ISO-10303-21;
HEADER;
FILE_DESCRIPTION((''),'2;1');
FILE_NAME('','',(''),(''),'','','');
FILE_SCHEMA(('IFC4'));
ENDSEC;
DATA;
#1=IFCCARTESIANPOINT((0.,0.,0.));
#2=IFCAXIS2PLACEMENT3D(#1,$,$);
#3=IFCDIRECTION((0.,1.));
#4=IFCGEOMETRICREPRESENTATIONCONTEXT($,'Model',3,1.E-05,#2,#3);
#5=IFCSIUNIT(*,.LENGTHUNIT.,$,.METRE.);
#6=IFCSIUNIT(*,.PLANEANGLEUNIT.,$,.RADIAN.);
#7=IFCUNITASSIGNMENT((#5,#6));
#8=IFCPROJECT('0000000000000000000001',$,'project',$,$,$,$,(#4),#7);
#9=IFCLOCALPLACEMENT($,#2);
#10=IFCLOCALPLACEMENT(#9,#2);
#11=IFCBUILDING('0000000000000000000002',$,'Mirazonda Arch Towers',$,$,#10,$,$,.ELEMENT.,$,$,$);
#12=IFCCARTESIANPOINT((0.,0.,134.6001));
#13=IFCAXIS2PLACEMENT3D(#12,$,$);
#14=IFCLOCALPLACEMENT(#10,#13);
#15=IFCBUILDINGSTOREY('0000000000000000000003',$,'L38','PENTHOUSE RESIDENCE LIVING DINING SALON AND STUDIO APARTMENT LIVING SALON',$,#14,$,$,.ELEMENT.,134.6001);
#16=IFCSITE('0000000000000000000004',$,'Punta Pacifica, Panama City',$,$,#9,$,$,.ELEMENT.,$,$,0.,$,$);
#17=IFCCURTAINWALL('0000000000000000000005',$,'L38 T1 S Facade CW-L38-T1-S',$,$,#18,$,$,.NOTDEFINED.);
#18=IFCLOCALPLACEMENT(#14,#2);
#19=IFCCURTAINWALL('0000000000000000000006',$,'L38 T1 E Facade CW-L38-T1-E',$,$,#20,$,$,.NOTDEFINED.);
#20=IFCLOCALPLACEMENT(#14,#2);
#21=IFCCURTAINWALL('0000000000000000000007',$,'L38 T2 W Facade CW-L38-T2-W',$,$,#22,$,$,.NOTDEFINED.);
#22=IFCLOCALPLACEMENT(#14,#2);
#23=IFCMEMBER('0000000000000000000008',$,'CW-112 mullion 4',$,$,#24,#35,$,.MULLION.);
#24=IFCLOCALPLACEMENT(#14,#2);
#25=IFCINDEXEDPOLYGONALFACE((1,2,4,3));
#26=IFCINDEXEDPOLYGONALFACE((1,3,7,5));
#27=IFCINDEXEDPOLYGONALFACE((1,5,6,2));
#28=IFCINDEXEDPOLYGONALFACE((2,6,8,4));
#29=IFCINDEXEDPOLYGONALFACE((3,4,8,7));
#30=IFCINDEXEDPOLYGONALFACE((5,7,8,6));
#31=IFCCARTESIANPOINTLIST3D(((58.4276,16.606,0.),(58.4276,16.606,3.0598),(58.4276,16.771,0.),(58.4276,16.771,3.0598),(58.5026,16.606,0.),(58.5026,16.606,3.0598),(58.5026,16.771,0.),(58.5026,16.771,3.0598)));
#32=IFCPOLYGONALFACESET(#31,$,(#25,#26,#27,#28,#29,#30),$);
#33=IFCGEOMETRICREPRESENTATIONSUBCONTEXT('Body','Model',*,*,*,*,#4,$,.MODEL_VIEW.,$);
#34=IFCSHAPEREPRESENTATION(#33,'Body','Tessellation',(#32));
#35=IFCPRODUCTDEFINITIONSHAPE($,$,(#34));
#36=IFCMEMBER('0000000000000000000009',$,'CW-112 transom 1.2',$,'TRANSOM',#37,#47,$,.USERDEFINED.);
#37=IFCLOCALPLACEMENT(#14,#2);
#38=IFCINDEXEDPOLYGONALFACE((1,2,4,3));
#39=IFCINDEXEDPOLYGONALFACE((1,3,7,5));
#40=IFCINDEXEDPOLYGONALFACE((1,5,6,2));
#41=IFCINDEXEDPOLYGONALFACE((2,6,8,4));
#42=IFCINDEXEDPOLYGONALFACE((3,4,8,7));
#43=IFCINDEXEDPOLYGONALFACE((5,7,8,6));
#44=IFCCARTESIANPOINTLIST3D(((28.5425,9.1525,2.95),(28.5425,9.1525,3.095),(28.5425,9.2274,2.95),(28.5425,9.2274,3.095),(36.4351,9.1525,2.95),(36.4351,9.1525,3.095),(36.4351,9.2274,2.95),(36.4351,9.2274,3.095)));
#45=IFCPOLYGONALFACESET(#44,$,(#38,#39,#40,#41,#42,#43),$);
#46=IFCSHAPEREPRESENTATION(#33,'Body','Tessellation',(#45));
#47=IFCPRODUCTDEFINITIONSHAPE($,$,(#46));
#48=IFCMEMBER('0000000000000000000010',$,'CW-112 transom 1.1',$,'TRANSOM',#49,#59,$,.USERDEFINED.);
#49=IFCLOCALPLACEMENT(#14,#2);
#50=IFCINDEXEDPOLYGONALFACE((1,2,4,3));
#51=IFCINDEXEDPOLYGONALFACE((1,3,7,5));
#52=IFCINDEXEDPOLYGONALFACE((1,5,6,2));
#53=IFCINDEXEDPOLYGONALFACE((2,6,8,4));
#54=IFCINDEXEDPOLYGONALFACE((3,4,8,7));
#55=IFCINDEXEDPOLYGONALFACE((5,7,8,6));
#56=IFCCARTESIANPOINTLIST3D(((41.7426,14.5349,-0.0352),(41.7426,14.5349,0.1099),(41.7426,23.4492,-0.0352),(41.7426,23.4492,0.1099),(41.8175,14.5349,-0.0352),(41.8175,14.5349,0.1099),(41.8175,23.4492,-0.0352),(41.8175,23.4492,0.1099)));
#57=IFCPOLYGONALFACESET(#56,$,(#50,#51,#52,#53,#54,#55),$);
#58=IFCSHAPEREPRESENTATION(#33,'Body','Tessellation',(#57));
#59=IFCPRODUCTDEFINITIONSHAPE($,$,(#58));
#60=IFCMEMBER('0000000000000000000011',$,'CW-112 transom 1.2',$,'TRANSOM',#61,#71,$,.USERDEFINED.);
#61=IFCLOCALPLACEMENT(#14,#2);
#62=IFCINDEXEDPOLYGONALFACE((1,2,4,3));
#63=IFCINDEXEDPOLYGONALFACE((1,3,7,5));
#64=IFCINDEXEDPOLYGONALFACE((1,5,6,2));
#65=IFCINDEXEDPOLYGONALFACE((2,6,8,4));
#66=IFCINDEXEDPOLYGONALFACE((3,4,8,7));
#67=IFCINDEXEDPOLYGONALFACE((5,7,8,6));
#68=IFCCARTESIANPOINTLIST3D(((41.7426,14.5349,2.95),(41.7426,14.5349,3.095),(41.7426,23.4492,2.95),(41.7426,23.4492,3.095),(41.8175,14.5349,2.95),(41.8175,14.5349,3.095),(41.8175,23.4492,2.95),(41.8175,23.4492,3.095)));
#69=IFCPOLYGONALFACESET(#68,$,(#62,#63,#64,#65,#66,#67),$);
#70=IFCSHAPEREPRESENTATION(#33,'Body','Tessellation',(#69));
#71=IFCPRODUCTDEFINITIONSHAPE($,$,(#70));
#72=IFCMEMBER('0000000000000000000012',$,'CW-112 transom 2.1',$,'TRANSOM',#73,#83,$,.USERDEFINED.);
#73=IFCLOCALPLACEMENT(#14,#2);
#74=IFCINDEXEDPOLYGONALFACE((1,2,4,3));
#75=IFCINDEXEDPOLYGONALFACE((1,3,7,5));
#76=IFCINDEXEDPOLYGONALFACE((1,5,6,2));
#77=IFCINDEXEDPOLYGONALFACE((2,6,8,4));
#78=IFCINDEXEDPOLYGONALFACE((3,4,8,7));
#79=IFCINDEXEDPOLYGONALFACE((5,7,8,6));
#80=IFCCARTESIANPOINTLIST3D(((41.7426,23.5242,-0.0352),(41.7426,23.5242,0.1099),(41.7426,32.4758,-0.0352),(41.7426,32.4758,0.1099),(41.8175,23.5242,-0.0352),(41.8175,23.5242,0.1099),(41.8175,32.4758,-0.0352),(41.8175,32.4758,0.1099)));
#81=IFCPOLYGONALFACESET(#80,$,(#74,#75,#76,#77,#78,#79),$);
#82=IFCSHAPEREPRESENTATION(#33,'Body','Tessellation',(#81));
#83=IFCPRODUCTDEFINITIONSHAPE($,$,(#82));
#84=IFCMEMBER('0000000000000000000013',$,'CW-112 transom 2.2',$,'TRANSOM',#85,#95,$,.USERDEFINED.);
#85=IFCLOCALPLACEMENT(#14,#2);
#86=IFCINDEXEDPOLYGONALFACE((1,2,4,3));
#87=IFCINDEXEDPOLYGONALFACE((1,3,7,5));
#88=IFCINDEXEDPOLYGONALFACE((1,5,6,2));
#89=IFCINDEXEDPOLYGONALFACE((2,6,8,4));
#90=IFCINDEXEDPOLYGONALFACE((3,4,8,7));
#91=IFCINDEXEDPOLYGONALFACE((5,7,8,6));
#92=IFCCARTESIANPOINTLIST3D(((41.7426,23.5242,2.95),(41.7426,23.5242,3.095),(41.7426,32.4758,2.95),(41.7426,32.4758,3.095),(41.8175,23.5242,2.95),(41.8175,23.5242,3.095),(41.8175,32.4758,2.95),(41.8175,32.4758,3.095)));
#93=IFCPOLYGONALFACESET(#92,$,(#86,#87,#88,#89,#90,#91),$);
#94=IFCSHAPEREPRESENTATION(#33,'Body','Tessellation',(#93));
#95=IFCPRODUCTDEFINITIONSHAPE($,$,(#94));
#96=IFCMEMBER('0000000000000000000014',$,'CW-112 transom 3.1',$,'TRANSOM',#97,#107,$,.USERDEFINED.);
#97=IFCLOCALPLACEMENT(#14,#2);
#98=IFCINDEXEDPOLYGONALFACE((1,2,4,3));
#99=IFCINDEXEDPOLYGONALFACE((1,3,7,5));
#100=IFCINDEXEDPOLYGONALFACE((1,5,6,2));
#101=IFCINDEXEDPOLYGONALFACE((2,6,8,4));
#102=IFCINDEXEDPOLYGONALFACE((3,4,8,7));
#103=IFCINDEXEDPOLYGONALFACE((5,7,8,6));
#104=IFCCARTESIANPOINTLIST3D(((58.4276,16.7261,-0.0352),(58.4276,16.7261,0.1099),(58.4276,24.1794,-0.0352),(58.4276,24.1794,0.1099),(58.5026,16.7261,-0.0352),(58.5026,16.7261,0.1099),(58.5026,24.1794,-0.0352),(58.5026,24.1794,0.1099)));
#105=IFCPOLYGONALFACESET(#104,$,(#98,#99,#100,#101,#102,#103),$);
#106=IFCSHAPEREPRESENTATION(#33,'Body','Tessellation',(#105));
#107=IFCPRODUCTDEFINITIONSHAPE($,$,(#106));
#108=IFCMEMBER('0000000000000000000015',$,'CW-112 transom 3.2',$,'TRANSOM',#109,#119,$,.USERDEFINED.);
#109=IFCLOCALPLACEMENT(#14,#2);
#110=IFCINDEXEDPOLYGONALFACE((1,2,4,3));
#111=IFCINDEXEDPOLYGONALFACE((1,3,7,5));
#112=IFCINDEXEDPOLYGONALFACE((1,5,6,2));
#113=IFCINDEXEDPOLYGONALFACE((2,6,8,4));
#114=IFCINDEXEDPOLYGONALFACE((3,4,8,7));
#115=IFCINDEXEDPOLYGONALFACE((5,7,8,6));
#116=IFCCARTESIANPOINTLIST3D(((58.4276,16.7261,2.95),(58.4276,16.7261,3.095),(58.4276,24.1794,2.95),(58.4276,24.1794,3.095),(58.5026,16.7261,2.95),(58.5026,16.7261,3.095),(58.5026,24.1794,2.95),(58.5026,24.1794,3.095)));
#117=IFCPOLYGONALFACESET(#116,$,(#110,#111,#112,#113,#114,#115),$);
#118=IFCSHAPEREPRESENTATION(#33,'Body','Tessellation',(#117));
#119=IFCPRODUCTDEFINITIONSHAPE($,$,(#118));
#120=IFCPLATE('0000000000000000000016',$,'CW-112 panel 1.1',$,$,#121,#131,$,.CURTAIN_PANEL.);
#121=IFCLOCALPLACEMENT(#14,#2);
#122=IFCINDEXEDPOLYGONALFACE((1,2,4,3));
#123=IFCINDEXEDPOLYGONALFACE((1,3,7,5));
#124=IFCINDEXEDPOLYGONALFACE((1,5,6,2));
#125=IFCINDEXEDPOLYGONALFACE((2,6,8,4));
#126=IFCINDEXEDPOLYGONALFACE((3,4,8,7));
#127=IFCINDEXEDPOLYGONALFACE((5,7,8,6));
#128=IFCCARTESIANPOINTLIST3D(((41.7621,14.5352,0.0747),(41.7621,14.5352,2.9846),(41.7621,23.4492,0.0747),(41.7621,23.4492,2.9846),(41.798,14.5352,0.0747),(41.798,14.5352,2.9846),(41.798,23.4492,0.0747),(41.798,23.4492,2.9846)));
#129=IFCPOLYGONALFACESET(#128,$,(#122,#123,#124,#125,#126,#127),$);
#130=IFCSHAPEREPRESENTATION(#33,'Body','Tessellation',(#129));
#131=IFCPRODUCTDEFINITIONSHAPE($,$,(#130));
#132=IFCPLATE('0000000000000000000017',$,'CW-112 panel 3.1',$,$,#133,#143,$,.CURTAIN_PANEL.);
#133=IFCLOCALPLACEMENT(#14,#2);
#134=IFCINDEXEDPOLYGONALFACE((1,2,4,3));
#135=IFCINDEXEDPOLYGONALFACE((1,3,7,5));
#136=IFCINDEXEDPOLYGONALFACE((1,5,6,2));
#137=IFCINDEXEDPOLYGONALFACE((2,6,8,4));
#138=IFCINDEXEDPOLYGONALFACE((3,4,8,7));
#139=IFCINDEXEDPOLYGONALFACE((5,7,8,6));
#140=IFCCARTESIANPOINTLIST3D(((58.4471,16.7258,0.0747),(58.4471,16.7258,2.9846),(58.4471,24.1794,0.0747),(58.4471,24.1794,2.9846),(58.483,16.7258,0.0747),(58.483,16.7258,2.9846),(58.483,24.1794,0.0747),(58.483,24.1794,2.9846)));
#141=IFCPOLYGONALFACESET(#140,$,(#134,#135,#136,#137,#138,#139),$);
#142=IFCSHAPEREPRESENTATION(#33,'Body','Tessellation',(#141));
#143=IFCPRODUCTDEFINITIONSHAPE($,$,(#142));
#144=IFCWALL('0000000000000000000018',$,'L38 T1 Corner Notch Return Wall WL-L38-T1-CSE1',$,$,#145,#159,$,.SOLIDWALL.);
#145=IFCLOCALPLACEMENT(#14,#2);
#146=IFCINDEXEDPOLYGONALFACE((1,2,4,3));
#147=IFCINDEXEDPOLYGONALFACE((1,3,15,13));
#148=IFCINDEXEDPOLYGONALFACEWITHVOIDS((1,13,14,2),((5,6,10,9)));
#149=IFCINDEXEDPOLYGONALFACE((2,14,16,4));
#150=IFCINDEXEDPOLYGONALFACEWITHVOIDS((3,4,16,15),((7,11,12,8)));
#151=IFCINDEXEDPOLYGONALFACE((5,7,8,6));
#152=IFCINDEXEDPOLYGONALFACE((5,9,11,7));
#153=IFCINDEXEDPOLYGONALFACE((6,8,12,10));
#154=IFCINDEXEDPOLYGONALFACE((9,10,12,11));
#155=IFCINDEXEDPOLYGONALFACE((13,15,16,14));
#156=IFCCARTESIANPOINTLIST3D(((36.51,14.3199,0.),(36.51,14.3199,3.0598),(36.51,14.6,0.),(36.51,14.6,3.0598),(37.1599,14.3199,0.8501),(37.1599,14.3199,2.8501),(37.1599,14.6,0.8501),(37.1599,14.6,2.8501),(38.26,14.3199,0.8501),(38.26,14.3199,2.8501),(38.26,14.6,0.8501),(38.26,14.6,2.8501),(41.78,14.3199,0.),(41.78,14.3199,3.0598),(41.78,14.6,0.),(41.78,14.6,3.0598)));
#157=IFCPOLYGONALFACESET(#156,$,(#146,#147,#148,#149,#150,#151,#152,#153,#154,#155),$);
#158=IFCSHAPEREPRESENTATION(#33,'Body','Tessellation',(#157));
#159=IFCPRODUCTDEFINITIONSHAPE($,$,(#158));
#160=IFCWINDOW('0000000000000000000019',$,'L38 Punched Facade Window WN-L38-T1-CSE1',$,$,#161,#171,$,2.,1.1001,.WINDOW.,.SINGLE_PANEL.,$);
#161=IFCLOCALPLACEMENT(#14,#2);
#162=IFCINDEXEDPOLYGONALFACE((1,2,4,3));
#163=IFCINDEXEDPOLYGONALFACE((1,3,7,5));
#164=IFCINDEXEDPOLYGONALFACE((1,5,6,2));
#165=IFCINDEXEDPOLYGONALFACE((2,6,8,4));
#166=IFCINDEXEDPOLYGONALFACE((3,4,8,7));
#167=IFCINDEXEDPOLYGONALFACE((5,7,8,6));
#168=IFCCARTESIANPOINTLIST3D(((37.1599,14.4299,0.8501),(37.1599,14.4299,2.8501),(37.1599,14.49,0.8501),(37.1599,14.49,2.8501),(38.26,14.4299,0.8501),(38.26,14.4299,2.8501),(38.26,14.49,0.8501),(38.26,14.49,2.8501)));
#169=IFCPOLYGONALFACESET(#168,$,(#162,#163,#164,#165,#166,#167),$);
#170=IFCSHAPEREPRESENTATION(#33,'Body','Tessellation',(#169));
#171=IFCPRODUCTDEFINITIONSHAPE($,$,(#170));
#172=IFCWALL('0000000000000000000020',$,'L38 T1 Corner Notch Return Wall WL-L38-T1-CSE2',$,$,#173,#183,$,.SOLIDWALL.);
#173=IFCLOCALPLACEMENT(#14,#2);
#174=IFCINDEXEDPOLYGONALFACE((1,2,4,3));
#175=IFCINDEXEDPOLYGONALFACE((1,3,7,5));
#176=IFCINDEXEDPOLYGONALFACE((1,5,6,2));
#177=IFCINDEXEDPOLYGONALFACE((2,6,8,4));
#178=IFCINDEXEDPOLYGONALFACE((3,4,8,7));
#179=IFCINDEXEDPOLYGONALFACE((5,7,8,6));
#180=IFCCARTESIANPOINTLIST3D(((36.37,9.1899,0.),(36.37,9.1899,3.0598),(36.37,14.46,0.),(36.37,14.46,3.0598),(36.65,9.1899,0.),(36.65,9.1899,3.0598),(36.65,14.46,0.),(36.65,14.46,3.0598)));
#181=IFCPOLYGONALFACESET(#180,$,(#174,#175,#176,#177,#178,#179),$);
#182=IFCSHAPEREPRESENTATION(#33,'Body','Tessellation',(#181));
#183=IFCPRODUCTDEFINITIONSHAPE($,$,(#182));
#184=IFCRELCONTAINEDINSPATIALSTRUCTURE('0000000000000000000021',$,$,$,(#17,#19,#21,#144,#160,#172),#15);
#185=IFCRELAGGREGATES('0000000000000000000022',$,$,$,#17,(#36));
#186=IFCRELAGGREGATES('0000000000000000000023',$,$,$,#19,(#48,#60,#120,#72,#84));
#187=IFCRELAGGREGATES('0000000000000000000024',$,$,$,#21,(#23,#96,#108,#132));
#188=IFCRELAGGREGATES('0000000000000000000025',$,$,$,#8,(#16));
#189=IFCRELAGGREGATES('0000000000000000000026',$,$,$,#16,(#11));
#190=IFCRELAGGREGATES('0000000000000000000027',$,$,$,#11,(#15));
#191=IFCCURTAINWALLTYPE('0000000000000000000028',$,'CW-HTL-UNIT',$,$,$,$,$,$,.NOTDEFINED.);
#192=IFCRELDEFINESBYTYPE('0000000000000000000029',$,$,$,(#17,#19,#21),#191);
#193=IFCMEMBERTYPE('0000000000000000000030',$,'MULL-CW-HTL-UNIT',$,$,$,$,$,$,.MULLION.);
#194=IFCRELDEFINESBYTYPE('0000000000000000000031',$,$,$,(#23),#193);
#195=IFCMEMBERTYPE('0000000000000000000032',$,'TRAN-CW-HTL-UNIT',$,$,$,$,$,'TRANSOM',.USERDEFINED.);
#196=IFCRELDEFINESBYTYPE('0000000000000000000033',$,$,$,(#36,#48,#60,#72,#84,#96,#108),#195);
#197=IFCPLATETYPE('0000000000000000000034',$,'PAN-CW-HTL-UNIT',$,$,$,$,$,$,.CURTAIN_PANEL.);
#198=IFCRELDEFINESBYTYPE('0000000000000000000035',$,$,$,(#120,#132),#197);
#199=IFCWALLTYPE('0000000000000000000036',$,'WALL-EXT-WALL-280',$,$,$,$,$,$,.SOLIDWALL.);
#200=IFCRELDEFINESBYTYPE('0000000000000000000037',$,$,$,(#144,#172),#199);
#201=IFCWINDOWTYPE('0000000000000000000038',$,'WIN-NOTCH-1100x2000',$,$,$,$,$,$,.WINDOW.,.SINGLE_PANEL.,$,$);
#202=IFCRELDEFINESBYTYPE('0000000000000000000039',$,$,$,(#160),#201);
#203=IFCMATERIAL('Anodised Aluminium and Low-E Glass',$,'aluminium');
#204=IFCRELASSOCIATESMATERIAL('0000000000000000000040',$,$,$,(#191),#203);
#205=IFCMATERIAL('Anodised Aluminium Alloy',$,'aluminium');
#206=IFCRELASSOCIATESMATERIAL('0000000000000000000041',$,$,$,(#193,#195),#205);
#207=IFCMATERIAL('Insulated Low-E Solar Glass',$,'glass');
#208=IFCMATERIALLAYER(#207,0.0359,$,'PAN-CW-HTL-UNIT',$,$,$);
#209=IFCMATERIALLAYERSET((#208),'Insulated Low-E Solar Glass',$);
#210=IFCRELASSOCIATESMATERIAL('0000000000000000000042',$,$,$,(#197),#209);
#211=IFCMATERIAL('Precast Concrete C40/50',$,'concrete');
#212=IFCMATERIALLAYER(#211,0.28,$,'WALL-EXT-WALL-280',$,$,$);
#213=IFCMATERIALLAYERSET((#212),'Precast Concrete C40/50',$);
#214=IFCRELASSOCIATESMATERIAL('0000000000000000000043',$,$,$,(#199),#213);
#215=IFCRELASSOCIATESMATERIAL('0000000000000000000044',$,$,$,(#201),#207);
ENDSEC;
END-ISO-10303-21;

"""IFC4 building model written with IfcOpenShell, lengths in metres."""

from ifc_helpers import new_model, si_unit, direction, frame, frame_2d, origin, origin_2d, place, context, subcontext, project, spatial, rectangle, extrude, material, layer, layer_set, material_profile, profile_set, type_object, element, fill, aggregate, save


model = new_model("IFC4")

# Units and contexts
model_context = context("Model", 3, precision=1e-05, world=origin(), true_north=direction((0.0, 1.0)))
body_context = subcontext(model_context, "Body", "Model", "MODEL_VIEW")
ifc_project = project(units=[si_unit("LENGTHUNIT", "METRE"), si_unit("PLANEANGLEUNIT", "RADIAN")], contexts=[model_context])

# Site, building, storey
site_placement = place(None, origin())
site = spatial("IfcSite", under=ifc_project, at=site_placement, Name="Punta Pacifica, Panama City", CompositionType="ELEMENT", RefElevation=0.0)
building_placement = place(site_placement, origin())
building = spatial("IfcBuilding", under=site, at=building_placement, Name="Mirazonda Arch Towers", CompositionType="ELEMENT")
storey_placement = place(building_placement, frame((0.0, 0.0, 134.6001)))
storey = spatial("IfcBuildingStorey", under=building, at=storey_placement, Name="L38", Description="PENTHOUSE RESIDENCE LIVING DINING SALON AND STUDIO APARTMENT LIVING SALON", CompositionType="ELEMENT", Elevation=134.6001)

# Curtain wall
ifc_material_1 = material(Name="Anodised Aluminium and Low-E Glass", Category="aluminium")
curtain_wall_type = type_object("IfcCurtainWallType", Name="CW-HTL-UNIT", PredefinedType="NOTDEFINED", material=ifc_material_1)
curtain_wall_1_placement = place(storey_placement, origin())
curtain_wall_1 = element("IfcCurtainWall", 1, at=curtain_wall_1_placement, inside=storey, type_object=curtain_wall_type, Name="L38 T1 S Facade CW-L38-T1-S", PredefinedType="NOTDEFINED")
ifc_material_2 = material(Name="Anodised Aluminium Alloy", Category="aluminium")
ifc_material_profile_1 = material_profile(ifc_material_2, rectangle(XDim=0.075, YDim=0.165, at=origin_2d()), Name="ALU-MULL-75x165")
ifc_profile_set_1 = profile_set([ifc_material_profile_1], Name="Anodised Aluminium Alloy")
member_type_1 = type_object("IfcMemberType", Name="MULL-CW-HTL-UNIT", PredefinedType="MULLION", material=ifc_profile_set_1)

# Curtain walls, member
curtain_wall_2_placement = place(storey_placement, origin())
curtain_wall_2 = element("IfcCurtainWall", 2, at=curtain_wall_2_placement, inside=storey, type_object=curtain_wall_type, Name="L38 T1 E Facade CW-L38-T1-E", PredefinedType="NOTDEFINED")
curtain_wall_3_placement = place(storey_placement, origin())
curtain_wall_3 = element("IfcCurtainWall", 3, at=curtain_wall_3_placement, inside=storey, type_object=curtain_wall_type, Name="L38 T2 W Facade CW-L38-T2-W", PredefinedType="NOTDEFINED")
member_1_placement = place(storey_placement, frame((58.4651, 16.6885, 0.0), z_axis=(0.0, 0.0, 1.0), x_axis=(1.0, 0.0, 0.0)))
member_1 = element("IfcMember", 4, at=member_1_placement, type_object=member_type_1, Name="CW-112 mullion 4", PredefinedType="MULLION", context=body_context, shape_type="SweptSolid", body=[
    extrude(rectangle(XDim=0.075, YDim=0.165, at=origin_2d()), origin(), (0.0, 0.0, 1.0), 3.0598),
])

# Members
ifc_material_profile_2 = material_profile(ifc_material_2, rectangle(XDim=0.075, YDim=0.145, at=origin_2d()), Name="ALU-TRAN-75x145")
ifc_profile_set_2 = profile_set([ifc_material_profile_2], Name="Anodised Aluminium Alloy")
member_type_2 = type_object("IfcMemberType", Name="TRAN-CW-HTL-UNIT", ElementType="TRANSOM", PredefinedType="USERDEFINED", material=ifc_profile_set_2)
member_2_placement = place(storey_placement, frame((36.4351, 9.1899, 3.0225), z_axis=(-1.0, 0.0, 0.0), x_axis=(0.0, -1.0, 0.0)))
member_2 = element("IfcMember", 5, at=member_2_placement, type_object=member_type_2, Name="CW-112 transom 1.2", ObjectType="TRANSOM", PredefinedType="USERDEFINED", context=body_context, shape_type="SweptSolid", body=[
    extrude(rectangle(XDim=0.075, YDim=0.145, at=origin_2d()), origin(), (0.0, 0.0, 1.0), 7.8926),
])
aggregate(curtain_wall_1, [member_2])
member_3_placement = place(storey_placement, frame((41.78, 14.5349, 0.0374), z_axis=(0.0, 1.0, 0.0), x_axis=(-1.0, 0.0, 0.0)))
member_3 = element("IfcMember", 6, at=member_3_placement, type_object=member_type_2, Name="CW-112 transom 1.1", ObjectType="TRANSOM", PredefinedType="USERDEFINED", context=body_context, shape_type="SweptSolid", body=[
    extrude(rectangle(XDim=0.075, YDim=0.145, at=origin_2d()), origin(), (0.0, 0.0, 1.0), 8.9143),
])
member_4_placement = place(storey_placement, frame((41.78, 14.5349, 3.0225), z_axis=(0.0, 1.0, 0.0), x_axis=(-1.0, 0.0, 0.0)))
member_4 = element("IfcMember", 7, at=member_4_placement, type_object=member_type_2, Name="CW-112 transom 1.2", ObjectType="TRANSOM", PredefinedType="USERDEFINED", context=body_context, shape_type="SweptSolid", body=[
    extrude(rectangle(XDim=0.075, YDim=0.145, at=origin_2d()), origin(), (0.0, 0.0, 1.0), 8.9143),
])
member_5_placement = place(storey_placement, frame((41.78, 23.5242, 0.0374), z_axis=(0.0, 1.0, 0.0), x_axis=(-1.0, 0.0, 0.0)))
member_5 = element("IfcMember", 8, at=member_5_placement, type_object=member_type_2, Name="CW-112 transom 2.1", ObjectType="TRANSOM", PredefinedType="USERDEFINED", context=body_context, shape_type="SweptSolid", body=[
    extrude(rectangle(XDim=0.075, YDim=0.145, at=origin_2d()), origin(), (0.0, 0.0, 1.0), 8.9517),
])
member_6_placement = place(storey_placement, frame((41.78, 23.5242, 3.0225), z_axis=(0.0, 1.0, 0.0), x_axis=(-1.0, 0.0, 0.0)))
member_6 = element("IfcMember", 9, at=member_6_placement, type_object=member_type_2, Name="CW-112 transom 2.2", ObjectType="TRANSOM", PredefinedType="USERDEFINED", context=body_context, shape_type="SweptSolid", body=[
    extrude(rectangle(XDim=0.075, YDim=0.145, at=origin_2d()), origin(), (0.0, 0.0, 1.0), 8.9517),
])
member_7_placement = place(storey_placement, frame((58.4651, 24.1794, 0.0374), z_axis=(0.0, -1.0, 0.0), x_axis=(1.0, 0.0, 0.0)))
member_7 = element("IfcMember", 10, at=member_7_placement, type_object=member_type_2, Name="CW-112 transom 3.1", ObjectType="TRANSOM", PredefinedType="USERDEFINED", context=body_context, shape_type="SweptSolid", body=[
    extrude(rectangle(XDim=0.075, YDim=0.145, at=origin_2d()), origin(), (0.0, 0.0, 1.0), 7.4534),
])
member_8_placement = place(storey_placement, frame((58.4651, 24.1794, 3.0225), z_axis=(0.0, -1.0, 0.0), x_axis=(1.0, 0.0, 0.0)))
member_8 = element("IfcMember", 11, at=member_8_placement, type_object=member_type_2, Name="CW-112 transom 3.2", ObjectType="TRANSOM", PredefinedType="USERDEFINED", context=body_context, shape_type="SweptSolid", body=[
    extrude(rectangle(XDim=0.075, YDim=0.145, at=origin_2d()), origin(), (0.0, 0.0, 1.0), 7.4534),
])

# Plates
ifc_material_3 = material(Name="Insulated Low-E Solar Glass", Category="glass")
ifc_layer_1 = layer(ifc_material_3, 0.0359, Name="PAN-CW-HTL-UNIT")
ifc_layer_set_1 = layer_set([ifc_layer_1], Name="Insulated Low-E Solar Glass")
plate_type = type_object("IfcPlateType", Name="PAN-CW-HTL-UNIT", PredefinedType="CURTAIN_PANEL", material=ifc_layer_set_1)
plate_1_placement = place(storey_placement, frame((41.78, 18.9922, 0.0747), z_axis=(0.0, 0.0, 1.0), x_axis=(0.0, 1.0, 0.0)))
plate_1 = element("IfcPlate", 12, at=plate_1_placement, type_object=plate_type, Name="CW-112 panel 1.1", PredefinedType="CURTAIN_PANEL", context=body_context, shape_type="SweptSolid", body=[
    extrude(rectangle(XDim=8.9141, YDim=0.0359, at=origin_2d()), origin(), (0.0, 0.0, 1.0), 2.9099),
])
aggregate(curtain_wall_2, [member_3, member_4, plate_1, member_5, member_6])
plate_2_placement = place(storey_placement, frame((58.4651, 20.4526, 0.0747), z_axis=(0.0, 0.0, 1.0), x_axis=(0.0, -1.0, 0.0)))
plate_2 = element("IfcPlate", 13, at=plate_2_placement, type_object=plate_type, Name="CW-112 panel 3.1", PredefinedType="CURTAIN_PANEL", context=body_context, shape_type="SweptSolid", body=[
    extrude(rectangle(XDim=7.4536, YDim=0.0359, at=origin_2d()), origin(), (0.0, 0.0, 1.0), 2.9099),
])
aggregate(curtain_wall_3, [member_1, member_7, member_8, plate_2])

# Wall, opening, window
ifc_material_4 = material(Name="Precast Concrete C40/50", Category="concrete")
ifc_layer_2 = layer(ifc_material_4, 0.28, Name="WALL-EXT-WALL-280")
ifc_layer_set_2 = layer_set([ifc_layer_2], Name="Precast Concrete C40/50")
wall_type_1 = type_object("IfcWallType", Name="WALL-EXT-WALL-280", PredefinedType="SOLIDWALL", material=ifc_layer_set_2)
wall_1_placement = place(storey_placement, frame((36.51, 14.46, 0.0), z_axis=(0.0, 0.0, 1.0), x_axis=(1.0, 0.0, 0.0)))
wall_1 = element("IfcWall", 14, at=wall_1_placement, inside=storey, type_object=wall_type_1, Name="L38 T1 Corner Notch Return Wall WL-L38-T1-CSE1", PredefinedType="SOLIDWALL", context=body_context, shape_type="SweptSolid", body=[
    extrude(rectangle(XDim=5.27, YDim=0.28, at=frame_2d((2.635, 0.0))), origin(), (0.0, 0.0, 1.0), 3.0598),
])
opening_1_placement = place(wall_1_placement, frame((0.6499, 0.0, 0.8501)))
opening_1 = element("IfcOpeningElement", 15, at=opening_1_placement, cuts=wall_1, PredefinedType="OPENING", context=body_context, shape_type="SweptSolid", body=[
    extrude(rectangle(XDim=1.1001, YDim=2.0, at=frame_2d((0.55, 1.0))), frame((0.0, 0.1499, 0.0), z_axis=(0.0, -1.0, 0.0), x_axis=(1.0, 0.0, 0.0)), (0.0, 0.0, 1.0), 0.3),
])
window_type_1 = type_object("IfcWindowType", Name="WIN-NOTCH-1100x2000", PartitioningType="SINGLE_PANEL", PredefinedType="WINDOW", material=ifc_material_3)
window_1_placement = place(opening_1_placement, origin())
window_1 = element("IfcWindow", 16, at=window_1_placement, inside=storey, type_object=window_type_1, Name="L38 Punched Facade Window WN-L38-T1-CSE1", OverallHeight=2.0, OverallWidth=1.1001, PartitioningType="SINGLE_PANEL", PredefinedType="WINDOW", context=body_context, shape_type="SweptSolid", body=[
    extrude(rectangle(XDim=1.1001, YDim=2.0, at=frame_2d((0.55, 1.0))), frame((0.0, 0.03, 0.0), z_axis=(0.0, -1.0, 0.0), x_axis=(1.0, 0.0, 0.0)), (0.0, 0.0, 1.0), 0.0601),
])
fill(opening_1, window_1)

# Wall
wall_2_placement = place(storey_placement, frame((36.51, 9.1899, 0.0), z_axis=(0.0, 0.0, 1.0), x_axis=(0.0, 1.0, 0.0)))
element("IfcWall", 17, at=wall_2_placement, inside=storey, type_object=wall_type_1, Name="L38 T1 Corner Notch Return Wall WL-L38-T1-CSE2", PredefinedType="SOLIDWALL", context=body_context, shape_type="SweptSolid", body=[
    extrude(rectangle(XDim=5.27, YDim=0.28, at=frame_2d((2.635, 0.0))), origin(), (0.0, 0.0, 1.0), 3.0598),
])

save(model, "model.ifc")
